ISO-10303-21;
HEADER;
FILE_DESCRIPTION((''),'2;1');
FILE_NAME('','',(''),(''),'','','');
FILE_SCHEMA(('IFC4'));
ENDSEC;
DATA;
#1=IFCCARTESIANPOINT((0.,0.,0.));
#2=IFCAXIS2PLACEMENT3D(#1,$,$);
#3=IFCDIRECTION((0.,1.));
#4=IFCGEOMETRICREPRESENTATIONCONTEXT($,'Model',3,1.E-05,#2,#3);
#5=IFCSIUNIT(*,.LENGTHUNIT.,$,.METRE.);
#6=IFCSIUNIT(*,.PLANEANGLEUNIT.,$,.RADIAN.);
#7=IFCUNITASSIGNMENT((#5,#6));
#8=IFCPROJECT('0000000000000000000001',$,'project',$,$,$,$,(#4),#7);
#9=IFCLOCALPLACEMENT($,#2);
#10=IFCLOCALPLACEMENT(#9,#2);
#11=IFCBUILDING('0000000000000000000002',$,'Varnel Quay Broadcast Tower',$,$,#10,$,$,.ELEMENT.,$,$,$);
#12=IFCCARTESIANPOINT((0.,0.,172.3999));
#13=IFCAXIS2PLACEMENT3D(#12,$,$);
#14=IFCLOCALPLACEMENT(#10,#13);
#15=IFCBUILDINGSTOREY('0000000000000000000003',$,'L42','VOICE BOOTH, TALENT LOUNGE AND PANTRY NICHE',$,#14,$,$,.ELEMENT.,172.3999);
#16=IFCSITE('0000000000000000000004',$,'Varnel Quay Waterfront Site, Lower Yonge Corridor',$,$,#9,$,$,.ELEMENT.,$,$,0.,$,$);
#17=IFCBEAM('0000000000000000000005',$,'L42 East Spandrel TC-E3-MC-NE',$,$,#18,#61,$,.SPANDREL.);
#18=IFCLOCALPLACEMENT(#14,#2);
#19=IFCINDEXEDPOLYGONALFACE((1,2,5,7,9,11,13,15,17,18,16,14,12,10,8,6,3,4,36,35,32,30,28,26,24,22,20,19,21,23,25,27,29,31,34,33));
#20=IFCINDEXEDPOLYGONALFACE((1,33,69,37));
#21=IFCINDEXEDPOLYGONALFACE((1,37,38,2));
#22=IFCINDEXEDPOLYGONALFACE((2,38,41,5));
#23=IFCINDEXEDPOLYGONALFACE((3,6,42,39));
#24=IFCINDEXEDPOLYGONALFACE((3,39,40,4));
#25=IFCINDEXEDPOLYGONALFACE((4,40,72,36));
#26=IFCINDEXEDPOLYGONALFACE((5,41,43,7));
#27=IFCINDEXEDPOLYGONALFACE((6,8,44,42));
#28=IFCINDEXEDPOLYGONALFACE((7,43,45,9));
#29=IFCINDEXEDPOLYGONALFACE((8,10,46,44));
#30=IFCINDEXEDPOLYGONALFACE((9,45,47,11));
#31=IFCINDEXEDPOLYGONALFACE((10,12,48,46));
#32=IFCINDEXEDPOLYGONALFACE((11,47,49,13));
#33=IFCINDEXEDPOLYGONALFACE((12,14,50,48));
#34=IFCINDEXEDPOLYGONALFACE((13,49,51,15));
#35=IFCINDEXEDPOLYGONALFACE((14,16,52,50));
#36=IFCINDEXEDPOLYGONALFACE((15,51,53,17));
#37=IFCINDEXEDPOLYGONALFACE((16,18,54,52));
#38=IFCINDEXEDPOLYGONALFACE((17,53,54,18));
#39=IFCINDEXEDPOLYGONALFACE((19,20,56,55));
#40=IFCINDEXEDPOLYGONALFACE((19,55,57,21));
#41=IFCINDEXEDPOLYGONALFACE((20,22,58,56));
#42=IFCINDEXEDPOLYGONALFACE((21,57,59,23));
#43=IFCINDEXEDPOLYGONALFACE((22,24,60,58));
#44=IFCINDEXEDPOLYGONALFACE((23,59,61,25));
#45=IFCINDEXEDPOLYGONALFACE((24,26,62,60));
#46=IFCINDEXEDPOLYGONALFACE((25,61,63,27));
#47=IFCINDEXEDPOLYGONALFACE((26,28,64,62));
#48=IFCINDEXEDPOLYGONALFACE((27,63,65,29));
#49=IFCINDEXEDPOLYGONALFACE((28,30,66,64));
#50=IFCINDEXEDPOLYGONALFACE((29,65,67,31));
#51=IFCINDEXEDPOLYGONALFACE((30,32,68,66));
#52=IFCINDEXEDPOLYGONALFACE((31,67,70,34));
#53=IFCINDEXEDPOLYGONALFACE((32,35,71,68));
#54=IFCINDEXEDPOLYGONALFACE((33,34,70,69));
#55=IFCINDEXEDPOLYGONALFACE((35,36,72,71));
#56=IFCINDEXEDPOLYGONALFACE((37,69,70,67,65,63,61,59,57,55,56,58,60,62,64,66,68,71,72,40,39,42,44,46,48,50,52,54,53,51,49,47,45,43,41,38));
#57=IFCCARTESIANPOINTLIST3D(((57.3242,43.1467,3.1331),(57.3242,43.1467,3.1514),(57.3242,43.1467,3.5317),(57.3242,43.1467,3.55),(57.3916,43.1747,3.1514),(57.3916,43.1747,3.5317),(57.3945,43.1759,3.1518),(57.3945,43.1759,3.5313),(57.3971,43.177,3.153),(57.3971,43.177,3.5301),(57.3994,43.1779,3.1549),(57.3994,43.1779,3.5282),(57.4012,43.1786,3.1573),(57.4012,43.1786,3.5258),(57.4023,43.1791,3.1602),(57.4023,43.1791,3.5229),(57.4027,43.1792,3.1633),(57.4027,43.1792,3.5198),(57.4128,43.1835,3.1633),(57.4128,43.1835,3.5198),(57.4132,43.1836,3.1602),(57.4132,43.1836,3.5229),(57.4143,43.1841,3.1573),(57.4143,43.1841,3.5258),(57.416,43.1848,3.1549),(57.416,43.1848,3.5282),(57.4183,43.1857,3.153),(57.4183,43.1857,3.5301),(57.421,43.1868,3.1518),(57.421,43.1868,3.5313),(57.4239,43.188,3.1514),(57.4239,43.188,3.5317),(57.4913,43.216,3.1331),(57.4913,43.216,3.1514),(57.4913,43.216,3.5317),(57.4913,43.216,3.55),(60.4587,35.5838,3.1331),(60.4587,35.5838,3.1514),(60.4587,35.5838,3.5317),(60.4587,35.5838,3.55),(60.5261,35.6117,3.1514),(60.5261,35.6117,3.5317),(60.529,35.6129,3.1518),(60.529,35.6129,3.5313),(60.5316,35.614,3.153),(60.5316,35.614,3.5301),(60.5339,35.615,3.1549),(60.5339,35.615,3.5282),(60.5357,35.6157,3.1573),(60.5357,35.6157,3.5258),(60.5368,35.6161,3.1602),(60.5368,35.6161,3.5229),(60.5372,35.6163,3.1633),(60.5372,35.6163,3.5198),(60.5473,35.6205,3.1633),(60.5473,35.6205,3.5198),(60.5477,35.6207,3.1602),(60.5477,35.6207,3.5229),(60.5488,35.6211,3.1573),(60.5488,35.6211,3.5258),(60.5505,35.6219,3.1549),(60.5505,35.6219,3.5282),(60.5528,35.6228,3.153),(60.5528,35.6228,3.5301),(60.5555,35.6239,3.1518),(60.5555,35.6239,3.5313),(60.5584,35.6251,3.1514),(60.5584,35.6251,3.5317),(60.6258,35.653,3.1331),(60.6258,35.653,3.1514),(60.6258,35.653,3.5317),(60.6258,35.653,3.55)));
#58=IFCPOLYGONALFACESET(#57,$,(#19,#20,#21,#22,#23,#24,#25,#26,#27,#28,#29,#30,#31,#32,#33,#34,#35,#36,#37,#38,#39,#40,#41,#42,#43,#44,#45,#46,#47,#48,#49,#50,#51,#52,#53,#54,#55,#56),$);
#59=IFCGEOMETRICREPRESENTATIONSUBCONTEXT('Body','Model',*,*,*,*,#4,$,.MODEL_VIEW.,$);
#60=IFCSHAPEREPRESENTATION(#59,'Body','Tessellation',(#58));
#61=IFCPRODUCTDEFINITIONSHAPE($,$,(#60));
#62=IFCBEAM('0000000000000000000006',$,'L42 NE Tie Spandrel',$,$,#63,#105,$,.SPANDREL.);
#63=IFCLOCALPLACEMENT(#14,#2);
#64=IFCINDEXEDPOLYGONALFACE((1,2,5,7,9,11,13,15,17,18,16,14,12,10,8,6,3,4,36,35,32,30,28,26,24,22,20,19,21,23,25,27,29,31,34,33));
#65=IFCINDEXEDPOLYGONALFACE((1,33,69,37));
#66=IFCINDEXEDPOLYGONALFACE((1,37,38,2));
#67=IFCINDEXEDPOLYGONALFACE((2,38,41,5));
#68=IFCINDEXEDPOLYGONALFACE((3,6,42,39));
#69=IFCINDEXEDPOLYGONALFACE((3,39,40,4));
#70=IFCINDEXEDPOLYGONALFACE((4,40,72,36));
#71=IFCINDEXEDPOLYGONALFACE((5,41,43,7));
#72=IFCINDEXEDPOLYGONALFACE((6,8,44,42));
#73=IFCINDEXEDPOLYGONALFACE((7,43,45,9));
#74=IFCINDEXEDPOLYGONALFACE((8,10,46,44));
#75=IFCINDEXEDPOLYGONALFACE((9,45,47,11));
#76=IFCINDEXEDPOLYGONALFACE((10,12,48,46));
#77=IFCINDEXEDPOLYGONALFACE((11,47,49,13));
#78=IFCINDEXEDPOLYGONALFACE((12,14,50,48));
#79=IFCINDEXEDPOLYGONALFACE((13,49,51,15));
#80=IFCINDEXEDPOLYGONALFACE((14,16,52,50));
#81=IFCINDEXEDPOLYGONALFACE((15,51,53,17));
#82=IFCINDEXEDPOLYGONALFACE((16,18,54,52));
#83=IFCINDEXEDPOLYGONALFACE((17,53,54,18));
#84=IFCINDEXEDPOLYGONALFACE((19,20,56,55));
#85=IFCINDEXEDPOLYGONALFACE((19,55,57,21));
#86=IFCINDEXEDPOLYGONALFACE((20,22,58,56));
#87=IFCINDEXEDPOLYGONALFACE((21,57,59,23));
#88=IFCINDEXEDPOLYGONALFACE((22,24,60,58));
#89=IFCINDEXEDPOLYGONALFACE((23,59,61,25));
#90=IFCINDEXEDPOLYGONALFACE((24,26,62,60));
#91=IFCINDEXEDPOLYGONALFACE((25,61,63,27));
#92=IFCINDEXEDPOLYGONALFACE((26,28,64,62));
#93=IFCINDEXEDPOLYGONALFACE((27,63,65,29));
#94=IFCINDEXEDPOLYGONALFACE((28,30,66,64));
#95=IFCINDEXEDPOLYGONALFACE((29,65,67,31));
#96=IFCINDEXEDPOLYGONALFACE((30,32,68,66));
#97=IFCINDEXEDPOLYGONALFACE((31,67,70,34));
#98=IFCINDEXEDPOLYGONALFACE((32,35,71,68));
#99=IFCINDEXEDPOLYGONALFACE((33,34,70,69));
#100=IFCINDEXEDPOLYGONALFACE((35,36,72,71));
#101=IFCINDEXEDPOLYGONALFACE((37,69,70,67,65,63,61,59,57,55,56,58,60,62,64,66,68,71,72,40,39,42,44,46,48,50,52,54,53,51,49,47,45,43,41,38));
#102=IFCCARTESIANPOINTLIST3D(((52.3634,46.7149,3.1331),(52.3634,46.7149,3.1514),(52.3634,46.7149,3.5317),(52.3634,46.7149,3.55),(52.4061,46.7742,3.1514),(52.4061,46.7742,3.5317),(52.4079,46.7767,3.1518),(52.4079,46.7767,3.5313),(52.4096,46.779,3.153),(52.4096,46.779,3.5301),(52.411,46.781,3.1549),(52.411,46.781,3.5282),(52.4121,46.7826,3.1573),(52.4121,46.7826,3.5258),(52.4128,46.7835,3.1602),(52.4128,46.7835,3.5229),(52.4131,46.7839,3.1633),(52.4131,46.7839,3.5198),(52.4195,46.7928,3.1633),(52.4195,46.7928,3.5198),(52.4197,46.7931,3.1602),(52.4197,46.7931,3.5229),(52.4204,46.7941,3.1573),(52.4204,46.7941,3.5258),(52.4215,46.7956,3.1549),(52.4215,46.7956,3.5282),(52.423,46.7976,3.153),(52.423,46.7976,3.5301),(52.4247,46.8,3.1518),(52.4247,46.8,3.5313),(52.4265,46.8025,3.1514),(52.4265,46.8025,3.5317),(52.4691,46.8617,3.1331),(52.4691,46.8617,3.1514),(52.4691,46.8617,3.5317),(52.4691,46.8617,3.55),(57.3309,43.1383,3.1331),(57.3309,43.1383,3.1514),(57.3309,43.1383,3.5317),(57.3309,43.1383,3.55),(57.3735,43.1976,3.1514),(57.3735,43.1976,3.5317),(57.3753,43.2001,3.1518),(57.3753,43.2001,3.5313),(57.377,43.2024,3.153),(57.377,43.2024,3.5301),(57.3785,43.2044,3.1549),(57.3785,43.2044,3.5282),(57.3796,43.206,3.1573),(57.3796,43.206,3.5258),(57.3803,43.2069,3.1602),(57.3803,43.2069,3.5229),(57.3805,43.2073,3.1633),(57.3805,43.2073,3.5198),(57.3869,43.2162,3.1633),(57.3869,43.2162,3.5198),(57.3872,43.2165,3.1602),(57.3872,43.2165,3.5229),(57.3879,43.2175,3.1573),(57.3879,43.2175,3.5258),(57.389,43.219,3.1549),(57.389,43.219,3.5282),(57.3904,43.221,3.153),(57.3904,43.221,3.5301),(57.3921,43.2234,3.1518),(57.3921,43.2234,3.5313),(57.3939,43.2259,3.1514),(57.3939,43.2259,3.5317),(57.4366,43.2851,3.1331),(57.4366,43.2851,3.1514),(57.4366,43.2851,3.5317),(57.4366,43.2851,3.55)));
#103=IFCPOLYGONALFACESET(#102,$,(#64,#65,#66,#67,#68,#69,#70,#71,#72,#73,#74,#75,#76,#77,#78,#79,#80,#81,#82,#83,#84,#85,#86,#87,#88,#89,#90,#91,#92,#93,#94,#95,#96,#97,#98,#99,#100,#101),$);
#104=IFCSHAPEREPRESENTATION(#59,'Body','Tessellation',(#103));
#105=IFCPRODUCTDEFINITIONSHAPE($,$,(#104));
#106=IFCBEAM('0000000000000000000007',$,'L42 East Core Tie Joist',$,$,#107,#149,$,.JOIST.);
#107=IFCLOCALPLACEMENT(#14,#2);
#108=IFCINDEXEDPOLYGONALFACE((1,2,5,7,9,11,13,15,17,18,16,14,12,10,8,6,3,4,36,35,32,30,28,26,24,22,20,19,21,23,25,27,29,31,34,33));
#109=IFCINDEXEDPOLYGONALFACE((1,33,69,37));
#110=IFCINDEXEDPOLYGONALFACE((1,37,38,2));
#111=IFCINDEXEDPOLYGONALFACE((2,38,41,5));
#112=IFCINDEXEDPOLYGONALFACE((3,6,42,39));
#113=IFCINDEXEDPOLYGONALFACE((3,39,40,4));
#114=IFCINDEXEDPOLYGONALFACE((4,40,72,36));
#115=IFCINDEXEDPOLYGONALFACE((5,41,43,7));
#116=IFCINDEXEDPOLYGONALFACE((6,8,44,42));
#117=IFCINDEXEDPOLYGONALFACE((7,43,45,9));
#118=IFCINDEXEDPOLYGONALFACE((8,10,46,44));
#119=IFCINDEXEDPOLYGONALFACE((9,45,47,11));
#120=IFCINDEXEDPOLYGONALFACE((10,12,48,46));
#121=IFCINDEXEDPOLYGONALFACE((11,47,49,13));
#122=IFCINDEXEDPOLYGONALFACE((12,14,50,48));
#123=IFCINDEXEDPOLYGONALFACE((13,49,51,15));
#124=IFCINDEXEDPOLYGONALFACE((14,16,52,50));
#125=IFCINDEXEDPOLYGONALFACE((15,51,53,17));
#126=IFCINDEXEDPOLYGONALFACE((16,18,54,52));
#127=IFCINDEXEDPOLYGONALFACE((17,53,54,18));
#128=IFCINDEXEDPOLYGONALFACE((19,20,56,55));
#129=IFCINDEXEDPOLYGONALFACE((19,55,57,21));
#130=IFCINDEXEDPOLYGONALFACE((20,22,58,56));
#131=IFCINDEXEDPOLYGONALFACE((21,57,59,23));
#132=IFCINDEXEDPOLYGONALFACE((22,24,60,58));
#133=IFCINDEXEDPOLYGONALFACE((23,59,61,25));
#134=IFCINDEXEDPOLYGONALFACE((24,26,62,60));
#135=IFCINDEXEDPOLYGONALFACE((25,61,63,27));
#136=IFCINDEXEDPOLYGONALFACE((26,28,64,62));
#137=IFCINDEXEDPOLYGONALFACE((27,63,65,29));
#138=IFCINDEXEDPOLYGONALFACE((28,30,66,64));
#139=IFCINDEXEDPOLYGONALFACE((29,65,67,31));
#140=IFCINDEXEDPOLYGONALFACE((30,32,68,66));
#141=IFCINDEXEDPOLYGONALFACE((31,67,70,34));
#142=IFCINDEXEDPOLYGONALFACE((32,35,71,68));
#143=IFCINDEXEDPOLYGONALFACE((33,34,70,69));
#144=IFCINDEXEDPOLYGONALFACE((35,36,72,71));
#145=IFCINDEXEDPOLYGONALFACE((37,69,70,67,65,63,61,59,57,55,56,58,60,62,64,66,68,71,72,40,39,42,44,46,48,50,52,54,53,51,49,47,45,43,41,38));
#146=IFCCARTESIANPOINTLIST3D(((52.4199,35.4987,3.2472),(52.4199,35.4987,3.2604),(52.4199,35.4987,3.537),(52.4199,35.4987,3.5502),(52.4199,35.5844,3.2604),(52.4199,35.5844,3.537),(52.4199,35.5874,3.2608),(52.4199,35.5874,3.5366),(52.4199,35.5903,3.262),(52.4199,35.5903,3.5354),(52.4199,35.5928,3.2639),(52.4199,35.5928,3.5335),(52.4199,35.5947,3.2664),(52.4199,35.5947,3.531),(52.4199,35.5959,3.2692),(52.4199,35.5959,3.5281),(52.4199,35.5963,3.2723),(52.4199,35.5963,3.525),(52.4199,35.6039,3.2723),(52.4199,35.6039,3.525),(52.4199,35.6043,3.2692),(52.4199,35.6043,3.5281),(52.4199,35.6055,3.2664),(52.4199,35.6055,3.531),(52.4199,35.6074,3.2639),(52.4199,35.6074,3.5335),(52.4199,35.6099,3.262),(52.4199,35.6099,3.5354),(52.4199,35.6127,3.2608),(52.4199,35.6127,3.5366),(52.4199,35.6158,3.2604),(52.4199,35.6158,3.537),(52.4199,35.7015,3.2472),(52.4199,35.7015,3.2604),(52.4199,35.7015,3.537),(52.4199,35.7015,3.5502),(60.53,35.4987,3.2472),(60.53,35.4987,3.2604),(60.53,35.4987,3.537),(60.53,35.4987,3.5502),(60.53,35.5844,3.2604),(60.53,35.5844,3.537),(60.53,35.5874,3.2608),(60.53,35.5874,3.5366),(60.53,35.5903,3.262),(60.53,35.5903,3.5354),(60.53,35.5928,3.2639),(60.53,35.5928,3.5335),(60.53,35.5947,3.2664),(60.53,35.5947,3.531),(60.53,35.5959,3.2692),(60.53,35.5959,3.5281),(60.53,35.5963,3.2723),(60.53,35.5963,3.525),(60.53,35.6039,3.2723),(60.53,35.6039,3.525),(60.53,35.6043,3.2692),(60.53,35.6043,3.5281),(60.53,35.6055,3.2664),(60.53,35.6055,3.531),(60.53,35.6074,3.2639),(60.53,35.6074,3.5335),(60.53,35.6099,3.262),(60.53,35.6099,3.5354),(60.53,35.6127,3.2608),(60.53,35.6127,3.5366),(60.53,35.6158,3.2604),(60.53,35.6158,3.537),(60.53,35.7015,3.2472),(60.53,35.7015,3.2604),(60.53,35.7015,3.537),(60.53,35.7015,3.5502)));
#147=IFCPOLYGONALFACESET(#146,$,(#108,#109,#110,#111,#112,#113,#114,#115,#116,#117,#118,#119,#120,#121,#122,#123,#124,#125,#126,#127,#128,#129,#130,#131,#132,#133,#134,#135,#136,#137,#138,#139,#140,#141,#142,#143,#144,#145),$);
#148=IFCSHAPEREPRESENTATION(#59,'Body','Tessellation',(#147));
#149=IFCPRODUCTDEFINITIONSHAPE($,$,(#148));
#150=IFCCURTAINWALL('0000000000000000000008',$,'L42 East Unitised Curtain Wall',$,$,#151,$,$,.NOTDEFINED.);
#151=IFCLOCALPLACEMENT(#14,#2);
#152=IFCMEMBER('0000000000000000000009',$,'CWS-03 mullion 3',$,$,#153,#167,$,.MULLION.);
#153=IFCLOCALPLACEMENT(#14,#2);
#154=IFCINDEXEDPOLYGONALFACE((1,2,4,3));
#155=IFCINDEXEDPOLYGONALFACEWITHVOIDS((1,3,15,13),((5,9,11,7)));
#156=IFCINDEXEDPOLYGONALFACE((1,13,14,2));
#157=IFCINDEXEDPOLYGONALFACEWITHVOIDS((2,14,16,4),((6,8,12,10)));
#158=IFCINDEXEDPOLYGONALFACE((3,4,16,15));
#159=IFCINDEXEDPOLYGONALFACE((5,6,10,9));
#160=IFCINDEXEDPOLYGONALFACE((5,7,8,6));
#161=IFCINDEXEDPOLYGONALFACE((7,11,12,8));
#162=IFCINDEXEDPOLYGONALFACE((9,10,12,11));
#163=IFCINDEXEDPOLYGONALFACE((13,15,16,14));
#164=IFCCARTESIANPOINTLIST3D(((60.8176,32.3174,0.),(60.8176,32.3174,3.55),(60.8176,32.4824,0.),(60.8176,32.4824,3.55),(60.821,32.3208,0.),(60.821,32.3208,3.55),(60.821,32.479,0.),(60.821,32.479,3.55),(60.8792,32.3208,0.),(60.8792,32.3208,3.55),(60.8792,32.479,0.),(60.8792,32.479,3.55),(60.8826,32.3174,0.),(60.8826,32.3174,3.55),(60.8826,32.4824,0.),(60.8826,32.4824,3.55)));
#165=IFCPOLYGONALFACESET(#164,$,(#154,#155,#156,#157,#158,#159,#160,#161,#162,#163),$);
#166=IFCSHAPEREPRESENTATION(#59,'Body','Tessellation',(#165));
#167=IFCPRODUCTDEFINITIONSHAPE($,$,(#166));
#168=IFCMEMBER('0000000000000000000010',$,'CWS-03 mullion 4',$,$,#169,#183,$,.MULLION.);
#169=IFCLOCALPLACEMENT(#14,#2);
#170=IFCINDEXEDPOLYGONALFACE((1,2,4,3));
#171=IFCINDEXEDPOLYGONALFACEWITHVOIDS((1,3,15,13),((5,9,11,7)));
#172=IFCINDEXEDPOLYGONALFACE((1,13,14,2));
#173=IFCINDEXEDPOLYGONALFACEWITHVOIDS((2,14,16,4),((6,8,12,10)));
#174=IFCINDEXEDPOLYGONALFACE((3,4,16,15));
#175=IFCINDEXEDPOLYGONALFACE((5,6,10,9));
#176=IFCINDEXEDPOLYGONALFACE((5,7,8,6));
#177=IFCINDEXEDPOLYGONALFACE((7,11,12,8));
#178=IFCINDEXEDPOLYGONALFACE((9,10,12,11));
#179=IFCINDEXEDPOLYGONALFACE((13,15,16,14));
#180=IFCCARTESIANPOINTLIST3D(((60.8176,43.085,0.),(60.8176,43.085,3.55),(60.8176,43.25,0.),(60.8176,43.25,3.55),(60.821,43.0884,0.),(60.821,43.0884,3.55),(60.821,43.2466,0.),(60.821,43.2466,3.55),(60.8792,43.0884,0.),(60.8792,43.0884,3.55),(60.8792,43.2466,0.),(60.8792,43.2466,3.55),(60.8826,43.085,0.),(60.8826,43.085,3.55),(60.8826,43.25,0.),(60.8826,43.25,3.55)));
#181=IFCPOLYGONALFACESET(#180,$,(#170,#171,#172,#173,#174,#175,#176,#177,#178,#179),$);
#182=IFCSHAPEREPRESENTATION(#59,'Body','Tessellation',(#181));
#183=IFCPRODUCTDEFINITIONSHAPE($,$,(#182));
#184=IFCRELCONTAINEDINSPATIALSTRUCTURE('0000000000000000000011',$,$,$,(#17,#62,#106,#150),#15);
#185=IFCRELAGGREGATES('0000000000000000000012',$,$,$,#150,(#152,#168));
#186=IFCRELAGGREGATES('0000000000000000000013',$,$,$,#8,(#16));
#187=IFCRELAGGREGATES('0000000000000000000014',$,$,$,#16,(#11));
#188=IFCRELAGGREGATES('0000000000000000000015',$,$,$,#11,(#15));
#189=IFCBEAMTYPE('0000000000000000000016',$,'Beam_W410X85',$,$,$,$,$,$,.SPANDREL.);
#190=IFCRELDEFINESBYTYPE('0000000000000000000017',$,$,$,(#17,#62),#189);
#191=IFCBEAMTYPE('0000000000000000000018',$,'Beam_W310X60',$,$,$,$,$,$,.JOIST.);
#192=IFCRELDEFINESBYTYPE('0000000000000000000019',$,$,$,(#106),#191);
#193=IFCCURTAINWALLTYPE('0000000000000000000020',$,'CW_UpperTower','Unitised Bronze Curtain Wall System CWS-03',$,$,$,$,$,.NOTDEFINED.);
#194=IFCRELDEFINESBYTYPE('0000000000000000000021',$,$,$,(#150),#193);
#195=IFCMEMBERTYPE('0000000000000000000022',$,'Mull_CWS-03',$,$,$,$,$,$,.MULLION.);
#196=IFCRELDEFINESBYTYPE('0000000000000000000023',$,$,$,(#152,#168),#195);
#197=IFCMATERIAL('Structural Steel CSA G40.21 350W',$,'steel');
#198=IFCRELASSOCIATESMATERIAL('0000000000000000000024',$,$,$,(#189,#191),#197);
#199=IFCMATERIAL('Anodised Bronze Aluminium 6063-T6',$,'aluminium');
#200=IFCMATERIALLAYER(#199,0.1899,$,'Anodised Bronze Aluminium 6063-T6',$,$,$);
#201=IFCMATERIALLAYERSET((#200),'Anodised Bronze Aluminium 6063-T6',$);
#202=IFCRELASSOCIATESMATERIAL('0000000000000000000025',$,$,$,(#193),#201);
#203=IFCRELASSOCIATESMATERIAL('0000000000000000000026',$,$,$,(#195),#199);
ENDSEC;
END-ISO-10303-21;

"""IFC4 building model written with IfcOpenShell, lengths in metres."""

from ifc_helpers import new_model, si_unit, direction, frame, origin, origin_2d, place, context, subcontext, project, spatial, hollow_rectangle, i_section, extrude, source, transform, mapped, material, layer, layer_set, material_profile, profile_set, type_object, type_shapes, element, aggregate, save


model = new_model("IFC4")

# Units and contexts
model_context = context("Model", 3, precision=1e-05, world=origin(), true_north=direction((0.0, 1.0)))
body_context = subcontext(model_context, "Body", "Model", "MODEL_VIEW")
ifc_project = project(units=[si_unit("LENGTHUNIT", "METRE"), si_unit("PLANEANGLEUNIT", "RADIAN")], contexts=[model_context])

# Site, building, storey
site_placement = place(None, origin())
site = spatial("IfcSite", under=ifc_project, at=site_placement, Name="Varnel Quay Waterfront Site, Lower Yonge Corridor", CompositionType="ELEMENT", RefElevation=0.0)
building_placement = place(site_placement, origin())
building = spatial("IfcBuilding", under=site, at=building_placement, Name="Varnel Quay Broadcast Tower", CompositionType="ELEMENT")
storey_placement = place(building_placement, frame((0.0, 0.0, 172.3999)))
storey = spatial("IfcBuildingStorey", under=building, at=storey_placement, Name="L42", Description="VOICE BOOTH, TALENT LOUNGE AND PANTRY NICHE", CompositionType="ELEMENT", Elevation=172.3999)

# Shared definitions
ifc_material_1 = material(Name="Structural Steel CSA G40.21 350W", Category="steel")

# Beams
ifc_material_profile_1 = material_profile(ifc_material_1, i_section(OverallWidth=0.1809, OverallDepth=0.417, WebThickness=0.011, FlangeThickness=0.0183, FilletRadius=0.012, at=origin_2d()), Name="W410X85")
ifc_profile_set_1 = profile_set([ifc_material_profile_1], Name="Structural Steel CSA G40.21 350W")
beam_type_1 = type_object("IfcBeamType", Name="Beam_W410X85", PredefinedType="SPANDREL", material=ifc_profile_set_1)
shared_shape_1 = source(origin(), body_context, "Body", "SweptSolid", [
    extrude(i_section(OverallWidth=0.1809, OverallDepth=0.417, WebThickness=0.011, FlangeThickness=0.0183, FilletRadius=0.012, at=origin_2d()), origin(), (0.0, 0.0, 1.0), 8.1868),
])
beam_1_placement = place(storey_placement, frame((60.5422, 35.6184, 3.3416), z_axis=(-0.382874, 0.923801, 0.0), x_axis=(-0.923801, -0.382874, 0.0)))
element("IfcBeam", 1, at=beam_1_placement, inside=storey, type_object=beam_type_1, Name="L42 East Spandrel TC-E3-MC-NE", PredefinedType="SPANDREL", context=body_context, shape_type="MappedRepresentation", body=[
    mapped(shared_shape_1, transform((0.0, 0.0, 0.0), x_axis=(1.0, 0.0, 0.0), y_axis=(0.0, 1.0, 0.0), z_axis=(0.0, 0.0, 1.0), scale=1.0)),
])
shared_shape_2 = source(origin(), body_context, "Body", "SweptSolid", [
    extrude(i_section(OverallWidth=0.1809, OverallDepth=0.417, WebThickness=0.011, FlangeThickness=0.0183, FilletRadius=0.012, at=origin_2d()), origin(), (0.0, 0.0, 1.0), 6.1211),
])
type_shapes(beam_type_1, [shared_shape_1, shared_shape_2])
beam_2_placement = place(storey_placement, frame((52.4163, 46.7883, 3.3416), z_axis=(0.811531, -0.584309, 0.0), x_axis=(0.584309, 0.811531, 0.0)))
element("IfcBeam", 2, at=beam_2_placement, inside=storey, type_object=beam_type_1, Name="L42 NE Tie Spandrel", PredefinedType="SPANDREL", context=body_context, shape_type="MappedRepresentation", body=[
    mapped(shared_shape_2, transform((0.0, 0.0, 0.0), x_axis=(1.0, 0.0, 0.0), y_axis=(0.0, 1.0, 0.0), z_axis=(0.0, 0.0, 1.0), scale=1.0)),
])
ifc_material_profile_2 = material_profile(ifc_material_1, i_section(OverallWidth=0.2029, OverallDepth=0.303, WebThickness=0.0076, FlangeThickness=0.0132, FilletRadius=0.012, at=origin_2d()), Name="W310X60")
ifc_profile_set_2 = profile_set([ifc_material_profile_2], Name="Structural Steel CSA G40.21 350W")
beam_type_2 = type_object("IfcBeamType", Name="Beam_W310X60", PredefinedType="JOIST", material=ifc_profile_set_2)
shared_shape_3 = source(origin(), body_context, "Body", "SweptSolid", [
    extrude(i_section(OverallWidth=0.2029, OverallDepth=0.303, WebThickness=0.0076, FlangeThickness=0.0132, FilletRadius=0.012, at=origin_2d()), origin(), (0.0, 0.0, 1.0), 8.1101),
])
type_shapes(beam_type_2, [shared_shape_3])
beam_3_placement = place(storey_placement, frame((52.4199, 35.6001, 3.3987), z_axis=(1.0, 0.0, 0.0), x_axis=(0.0, 1.0, 0.0)))
element("IfcBeam", 3, at=beam_3_placement, inside=storey, type_object=beam_type_2, Name="L42 East Core Tie Joist", PredefinedType="JOIST", context=body_context, shape_type="MappedRepresentation", body=[
    mapped(shared_shape_3, transform((0.0, 0.0, 0.0), x_axis=(1.0, 0.0, 0.0), y_axis=(0.0, 1.0, 0.0), z_axis=(0.0, 0.0, 1.0), scale=1.0)),
])

# Curtain wall, members
ifc_material_2 = material(Name="Anodised Bronze Aluminium 6063-T6", Category="aluminium")
ifc_layer_1 = layer(ifc_material_2, 0.1899, Name="Anodised Bronze Aluminium 6063-T6")
ifc_layer_set_1 = layer_set([ifc_layer_1], Name="Anodised Bronze Aluminium 6063-T6")
curtain_wall_type = type_object("IfcCurtainWallType", Name="CW_UpperTower", Description="Unitised Bronze Curtain Wall System CWS-03", PredefinedType="NOTDEFINED", material=ifc_layer_set_1)
curtain_wall_1_placement = place(storey_placement, origin())
curtain_wall_1 = element("IfcCurtainWall", 4, at=curtain_wall_1_placement, inside=storey, type_object=curtain_wall_type, Name="L42 East Unitised Curtain Wall", PredefinedType="NOTDEFINED")
ifc_material_profile_3 = material_profile(ifc_material_2, hollow_rectangle(XDim=0.0649, YDim=0.165, WallThickness=0.0034, at=origin_2d()), Name="ALU65X165X3.5")
ifc_profile_set_3 = profile_set([ifc_material_profile_3], Name="Anodised Bronze Aluminium 6063-T6")
member_type_1 = type_object("IfcMemberType", Name="Mull_CWS-03", PredefinedType="MULLION", material=ifc_profile_set_3)
shared_shape_4 = source(origin(), body_context, "Body", "SweptSolid", [
    extrude(hollow_rectangle(XDim=0.0649, YDim=0.165, WallThickness=0.0034, at=origin_2d()), origin(), (0.0, 0.0, 1.0), 3.55),
])
type_shapes(member_type_1, [shared_shape_4])
member_1_placement = place(storey_placement, frame((60.8501, 32.3999, 0.0), z_axis=(0.0, 0.0, 1.0), x_axis=(-1.0, 0.0, 0.0)))
member_1 = element("IfcMember", 5, at=member_1_placement, type_object=member_type_1, Name="CWS-03 mullion 3", PredefinedType="MULLION", context=body_context, shape_type="MappedRepresentation", body=[
    mapped(shared_shape_4, transform((0.0, 0.0, 0.0), x_axis=(1.0, 0.0, 0.0), y_axis=(0.0, 1.0, 0.0), z_axis=(0.0, 0.0, 1.0), scale=1.0)),
])
member_2_placement = place(storey_placement, frame((60.8501, 43.1675, 0.0), z_axis=(0.0, 0.0, 1.0), x_axis=(-1.0, 0.0, 0.0)))
member_2 = element("IfcMember", 6, at=member_2_placement, type_object=member_type_1, Name="CWS-03 mullion 4", PredefinedType="MULLION", context=body_context, shape_type="MappedRepresentation", body=[
    mapped(shared_shape_4, transform((0.0, 0.0, 0.0), x_axis=(1.0, 0.0, 0.0), y_axis=(0.0, 1.0, 0.0), z_axis=(0.0, 0.0, 1.0), scale=1.0)),
])

aggregate(curtain_wall_1, [member_1, member_2])

save(model, "model.ifc")
